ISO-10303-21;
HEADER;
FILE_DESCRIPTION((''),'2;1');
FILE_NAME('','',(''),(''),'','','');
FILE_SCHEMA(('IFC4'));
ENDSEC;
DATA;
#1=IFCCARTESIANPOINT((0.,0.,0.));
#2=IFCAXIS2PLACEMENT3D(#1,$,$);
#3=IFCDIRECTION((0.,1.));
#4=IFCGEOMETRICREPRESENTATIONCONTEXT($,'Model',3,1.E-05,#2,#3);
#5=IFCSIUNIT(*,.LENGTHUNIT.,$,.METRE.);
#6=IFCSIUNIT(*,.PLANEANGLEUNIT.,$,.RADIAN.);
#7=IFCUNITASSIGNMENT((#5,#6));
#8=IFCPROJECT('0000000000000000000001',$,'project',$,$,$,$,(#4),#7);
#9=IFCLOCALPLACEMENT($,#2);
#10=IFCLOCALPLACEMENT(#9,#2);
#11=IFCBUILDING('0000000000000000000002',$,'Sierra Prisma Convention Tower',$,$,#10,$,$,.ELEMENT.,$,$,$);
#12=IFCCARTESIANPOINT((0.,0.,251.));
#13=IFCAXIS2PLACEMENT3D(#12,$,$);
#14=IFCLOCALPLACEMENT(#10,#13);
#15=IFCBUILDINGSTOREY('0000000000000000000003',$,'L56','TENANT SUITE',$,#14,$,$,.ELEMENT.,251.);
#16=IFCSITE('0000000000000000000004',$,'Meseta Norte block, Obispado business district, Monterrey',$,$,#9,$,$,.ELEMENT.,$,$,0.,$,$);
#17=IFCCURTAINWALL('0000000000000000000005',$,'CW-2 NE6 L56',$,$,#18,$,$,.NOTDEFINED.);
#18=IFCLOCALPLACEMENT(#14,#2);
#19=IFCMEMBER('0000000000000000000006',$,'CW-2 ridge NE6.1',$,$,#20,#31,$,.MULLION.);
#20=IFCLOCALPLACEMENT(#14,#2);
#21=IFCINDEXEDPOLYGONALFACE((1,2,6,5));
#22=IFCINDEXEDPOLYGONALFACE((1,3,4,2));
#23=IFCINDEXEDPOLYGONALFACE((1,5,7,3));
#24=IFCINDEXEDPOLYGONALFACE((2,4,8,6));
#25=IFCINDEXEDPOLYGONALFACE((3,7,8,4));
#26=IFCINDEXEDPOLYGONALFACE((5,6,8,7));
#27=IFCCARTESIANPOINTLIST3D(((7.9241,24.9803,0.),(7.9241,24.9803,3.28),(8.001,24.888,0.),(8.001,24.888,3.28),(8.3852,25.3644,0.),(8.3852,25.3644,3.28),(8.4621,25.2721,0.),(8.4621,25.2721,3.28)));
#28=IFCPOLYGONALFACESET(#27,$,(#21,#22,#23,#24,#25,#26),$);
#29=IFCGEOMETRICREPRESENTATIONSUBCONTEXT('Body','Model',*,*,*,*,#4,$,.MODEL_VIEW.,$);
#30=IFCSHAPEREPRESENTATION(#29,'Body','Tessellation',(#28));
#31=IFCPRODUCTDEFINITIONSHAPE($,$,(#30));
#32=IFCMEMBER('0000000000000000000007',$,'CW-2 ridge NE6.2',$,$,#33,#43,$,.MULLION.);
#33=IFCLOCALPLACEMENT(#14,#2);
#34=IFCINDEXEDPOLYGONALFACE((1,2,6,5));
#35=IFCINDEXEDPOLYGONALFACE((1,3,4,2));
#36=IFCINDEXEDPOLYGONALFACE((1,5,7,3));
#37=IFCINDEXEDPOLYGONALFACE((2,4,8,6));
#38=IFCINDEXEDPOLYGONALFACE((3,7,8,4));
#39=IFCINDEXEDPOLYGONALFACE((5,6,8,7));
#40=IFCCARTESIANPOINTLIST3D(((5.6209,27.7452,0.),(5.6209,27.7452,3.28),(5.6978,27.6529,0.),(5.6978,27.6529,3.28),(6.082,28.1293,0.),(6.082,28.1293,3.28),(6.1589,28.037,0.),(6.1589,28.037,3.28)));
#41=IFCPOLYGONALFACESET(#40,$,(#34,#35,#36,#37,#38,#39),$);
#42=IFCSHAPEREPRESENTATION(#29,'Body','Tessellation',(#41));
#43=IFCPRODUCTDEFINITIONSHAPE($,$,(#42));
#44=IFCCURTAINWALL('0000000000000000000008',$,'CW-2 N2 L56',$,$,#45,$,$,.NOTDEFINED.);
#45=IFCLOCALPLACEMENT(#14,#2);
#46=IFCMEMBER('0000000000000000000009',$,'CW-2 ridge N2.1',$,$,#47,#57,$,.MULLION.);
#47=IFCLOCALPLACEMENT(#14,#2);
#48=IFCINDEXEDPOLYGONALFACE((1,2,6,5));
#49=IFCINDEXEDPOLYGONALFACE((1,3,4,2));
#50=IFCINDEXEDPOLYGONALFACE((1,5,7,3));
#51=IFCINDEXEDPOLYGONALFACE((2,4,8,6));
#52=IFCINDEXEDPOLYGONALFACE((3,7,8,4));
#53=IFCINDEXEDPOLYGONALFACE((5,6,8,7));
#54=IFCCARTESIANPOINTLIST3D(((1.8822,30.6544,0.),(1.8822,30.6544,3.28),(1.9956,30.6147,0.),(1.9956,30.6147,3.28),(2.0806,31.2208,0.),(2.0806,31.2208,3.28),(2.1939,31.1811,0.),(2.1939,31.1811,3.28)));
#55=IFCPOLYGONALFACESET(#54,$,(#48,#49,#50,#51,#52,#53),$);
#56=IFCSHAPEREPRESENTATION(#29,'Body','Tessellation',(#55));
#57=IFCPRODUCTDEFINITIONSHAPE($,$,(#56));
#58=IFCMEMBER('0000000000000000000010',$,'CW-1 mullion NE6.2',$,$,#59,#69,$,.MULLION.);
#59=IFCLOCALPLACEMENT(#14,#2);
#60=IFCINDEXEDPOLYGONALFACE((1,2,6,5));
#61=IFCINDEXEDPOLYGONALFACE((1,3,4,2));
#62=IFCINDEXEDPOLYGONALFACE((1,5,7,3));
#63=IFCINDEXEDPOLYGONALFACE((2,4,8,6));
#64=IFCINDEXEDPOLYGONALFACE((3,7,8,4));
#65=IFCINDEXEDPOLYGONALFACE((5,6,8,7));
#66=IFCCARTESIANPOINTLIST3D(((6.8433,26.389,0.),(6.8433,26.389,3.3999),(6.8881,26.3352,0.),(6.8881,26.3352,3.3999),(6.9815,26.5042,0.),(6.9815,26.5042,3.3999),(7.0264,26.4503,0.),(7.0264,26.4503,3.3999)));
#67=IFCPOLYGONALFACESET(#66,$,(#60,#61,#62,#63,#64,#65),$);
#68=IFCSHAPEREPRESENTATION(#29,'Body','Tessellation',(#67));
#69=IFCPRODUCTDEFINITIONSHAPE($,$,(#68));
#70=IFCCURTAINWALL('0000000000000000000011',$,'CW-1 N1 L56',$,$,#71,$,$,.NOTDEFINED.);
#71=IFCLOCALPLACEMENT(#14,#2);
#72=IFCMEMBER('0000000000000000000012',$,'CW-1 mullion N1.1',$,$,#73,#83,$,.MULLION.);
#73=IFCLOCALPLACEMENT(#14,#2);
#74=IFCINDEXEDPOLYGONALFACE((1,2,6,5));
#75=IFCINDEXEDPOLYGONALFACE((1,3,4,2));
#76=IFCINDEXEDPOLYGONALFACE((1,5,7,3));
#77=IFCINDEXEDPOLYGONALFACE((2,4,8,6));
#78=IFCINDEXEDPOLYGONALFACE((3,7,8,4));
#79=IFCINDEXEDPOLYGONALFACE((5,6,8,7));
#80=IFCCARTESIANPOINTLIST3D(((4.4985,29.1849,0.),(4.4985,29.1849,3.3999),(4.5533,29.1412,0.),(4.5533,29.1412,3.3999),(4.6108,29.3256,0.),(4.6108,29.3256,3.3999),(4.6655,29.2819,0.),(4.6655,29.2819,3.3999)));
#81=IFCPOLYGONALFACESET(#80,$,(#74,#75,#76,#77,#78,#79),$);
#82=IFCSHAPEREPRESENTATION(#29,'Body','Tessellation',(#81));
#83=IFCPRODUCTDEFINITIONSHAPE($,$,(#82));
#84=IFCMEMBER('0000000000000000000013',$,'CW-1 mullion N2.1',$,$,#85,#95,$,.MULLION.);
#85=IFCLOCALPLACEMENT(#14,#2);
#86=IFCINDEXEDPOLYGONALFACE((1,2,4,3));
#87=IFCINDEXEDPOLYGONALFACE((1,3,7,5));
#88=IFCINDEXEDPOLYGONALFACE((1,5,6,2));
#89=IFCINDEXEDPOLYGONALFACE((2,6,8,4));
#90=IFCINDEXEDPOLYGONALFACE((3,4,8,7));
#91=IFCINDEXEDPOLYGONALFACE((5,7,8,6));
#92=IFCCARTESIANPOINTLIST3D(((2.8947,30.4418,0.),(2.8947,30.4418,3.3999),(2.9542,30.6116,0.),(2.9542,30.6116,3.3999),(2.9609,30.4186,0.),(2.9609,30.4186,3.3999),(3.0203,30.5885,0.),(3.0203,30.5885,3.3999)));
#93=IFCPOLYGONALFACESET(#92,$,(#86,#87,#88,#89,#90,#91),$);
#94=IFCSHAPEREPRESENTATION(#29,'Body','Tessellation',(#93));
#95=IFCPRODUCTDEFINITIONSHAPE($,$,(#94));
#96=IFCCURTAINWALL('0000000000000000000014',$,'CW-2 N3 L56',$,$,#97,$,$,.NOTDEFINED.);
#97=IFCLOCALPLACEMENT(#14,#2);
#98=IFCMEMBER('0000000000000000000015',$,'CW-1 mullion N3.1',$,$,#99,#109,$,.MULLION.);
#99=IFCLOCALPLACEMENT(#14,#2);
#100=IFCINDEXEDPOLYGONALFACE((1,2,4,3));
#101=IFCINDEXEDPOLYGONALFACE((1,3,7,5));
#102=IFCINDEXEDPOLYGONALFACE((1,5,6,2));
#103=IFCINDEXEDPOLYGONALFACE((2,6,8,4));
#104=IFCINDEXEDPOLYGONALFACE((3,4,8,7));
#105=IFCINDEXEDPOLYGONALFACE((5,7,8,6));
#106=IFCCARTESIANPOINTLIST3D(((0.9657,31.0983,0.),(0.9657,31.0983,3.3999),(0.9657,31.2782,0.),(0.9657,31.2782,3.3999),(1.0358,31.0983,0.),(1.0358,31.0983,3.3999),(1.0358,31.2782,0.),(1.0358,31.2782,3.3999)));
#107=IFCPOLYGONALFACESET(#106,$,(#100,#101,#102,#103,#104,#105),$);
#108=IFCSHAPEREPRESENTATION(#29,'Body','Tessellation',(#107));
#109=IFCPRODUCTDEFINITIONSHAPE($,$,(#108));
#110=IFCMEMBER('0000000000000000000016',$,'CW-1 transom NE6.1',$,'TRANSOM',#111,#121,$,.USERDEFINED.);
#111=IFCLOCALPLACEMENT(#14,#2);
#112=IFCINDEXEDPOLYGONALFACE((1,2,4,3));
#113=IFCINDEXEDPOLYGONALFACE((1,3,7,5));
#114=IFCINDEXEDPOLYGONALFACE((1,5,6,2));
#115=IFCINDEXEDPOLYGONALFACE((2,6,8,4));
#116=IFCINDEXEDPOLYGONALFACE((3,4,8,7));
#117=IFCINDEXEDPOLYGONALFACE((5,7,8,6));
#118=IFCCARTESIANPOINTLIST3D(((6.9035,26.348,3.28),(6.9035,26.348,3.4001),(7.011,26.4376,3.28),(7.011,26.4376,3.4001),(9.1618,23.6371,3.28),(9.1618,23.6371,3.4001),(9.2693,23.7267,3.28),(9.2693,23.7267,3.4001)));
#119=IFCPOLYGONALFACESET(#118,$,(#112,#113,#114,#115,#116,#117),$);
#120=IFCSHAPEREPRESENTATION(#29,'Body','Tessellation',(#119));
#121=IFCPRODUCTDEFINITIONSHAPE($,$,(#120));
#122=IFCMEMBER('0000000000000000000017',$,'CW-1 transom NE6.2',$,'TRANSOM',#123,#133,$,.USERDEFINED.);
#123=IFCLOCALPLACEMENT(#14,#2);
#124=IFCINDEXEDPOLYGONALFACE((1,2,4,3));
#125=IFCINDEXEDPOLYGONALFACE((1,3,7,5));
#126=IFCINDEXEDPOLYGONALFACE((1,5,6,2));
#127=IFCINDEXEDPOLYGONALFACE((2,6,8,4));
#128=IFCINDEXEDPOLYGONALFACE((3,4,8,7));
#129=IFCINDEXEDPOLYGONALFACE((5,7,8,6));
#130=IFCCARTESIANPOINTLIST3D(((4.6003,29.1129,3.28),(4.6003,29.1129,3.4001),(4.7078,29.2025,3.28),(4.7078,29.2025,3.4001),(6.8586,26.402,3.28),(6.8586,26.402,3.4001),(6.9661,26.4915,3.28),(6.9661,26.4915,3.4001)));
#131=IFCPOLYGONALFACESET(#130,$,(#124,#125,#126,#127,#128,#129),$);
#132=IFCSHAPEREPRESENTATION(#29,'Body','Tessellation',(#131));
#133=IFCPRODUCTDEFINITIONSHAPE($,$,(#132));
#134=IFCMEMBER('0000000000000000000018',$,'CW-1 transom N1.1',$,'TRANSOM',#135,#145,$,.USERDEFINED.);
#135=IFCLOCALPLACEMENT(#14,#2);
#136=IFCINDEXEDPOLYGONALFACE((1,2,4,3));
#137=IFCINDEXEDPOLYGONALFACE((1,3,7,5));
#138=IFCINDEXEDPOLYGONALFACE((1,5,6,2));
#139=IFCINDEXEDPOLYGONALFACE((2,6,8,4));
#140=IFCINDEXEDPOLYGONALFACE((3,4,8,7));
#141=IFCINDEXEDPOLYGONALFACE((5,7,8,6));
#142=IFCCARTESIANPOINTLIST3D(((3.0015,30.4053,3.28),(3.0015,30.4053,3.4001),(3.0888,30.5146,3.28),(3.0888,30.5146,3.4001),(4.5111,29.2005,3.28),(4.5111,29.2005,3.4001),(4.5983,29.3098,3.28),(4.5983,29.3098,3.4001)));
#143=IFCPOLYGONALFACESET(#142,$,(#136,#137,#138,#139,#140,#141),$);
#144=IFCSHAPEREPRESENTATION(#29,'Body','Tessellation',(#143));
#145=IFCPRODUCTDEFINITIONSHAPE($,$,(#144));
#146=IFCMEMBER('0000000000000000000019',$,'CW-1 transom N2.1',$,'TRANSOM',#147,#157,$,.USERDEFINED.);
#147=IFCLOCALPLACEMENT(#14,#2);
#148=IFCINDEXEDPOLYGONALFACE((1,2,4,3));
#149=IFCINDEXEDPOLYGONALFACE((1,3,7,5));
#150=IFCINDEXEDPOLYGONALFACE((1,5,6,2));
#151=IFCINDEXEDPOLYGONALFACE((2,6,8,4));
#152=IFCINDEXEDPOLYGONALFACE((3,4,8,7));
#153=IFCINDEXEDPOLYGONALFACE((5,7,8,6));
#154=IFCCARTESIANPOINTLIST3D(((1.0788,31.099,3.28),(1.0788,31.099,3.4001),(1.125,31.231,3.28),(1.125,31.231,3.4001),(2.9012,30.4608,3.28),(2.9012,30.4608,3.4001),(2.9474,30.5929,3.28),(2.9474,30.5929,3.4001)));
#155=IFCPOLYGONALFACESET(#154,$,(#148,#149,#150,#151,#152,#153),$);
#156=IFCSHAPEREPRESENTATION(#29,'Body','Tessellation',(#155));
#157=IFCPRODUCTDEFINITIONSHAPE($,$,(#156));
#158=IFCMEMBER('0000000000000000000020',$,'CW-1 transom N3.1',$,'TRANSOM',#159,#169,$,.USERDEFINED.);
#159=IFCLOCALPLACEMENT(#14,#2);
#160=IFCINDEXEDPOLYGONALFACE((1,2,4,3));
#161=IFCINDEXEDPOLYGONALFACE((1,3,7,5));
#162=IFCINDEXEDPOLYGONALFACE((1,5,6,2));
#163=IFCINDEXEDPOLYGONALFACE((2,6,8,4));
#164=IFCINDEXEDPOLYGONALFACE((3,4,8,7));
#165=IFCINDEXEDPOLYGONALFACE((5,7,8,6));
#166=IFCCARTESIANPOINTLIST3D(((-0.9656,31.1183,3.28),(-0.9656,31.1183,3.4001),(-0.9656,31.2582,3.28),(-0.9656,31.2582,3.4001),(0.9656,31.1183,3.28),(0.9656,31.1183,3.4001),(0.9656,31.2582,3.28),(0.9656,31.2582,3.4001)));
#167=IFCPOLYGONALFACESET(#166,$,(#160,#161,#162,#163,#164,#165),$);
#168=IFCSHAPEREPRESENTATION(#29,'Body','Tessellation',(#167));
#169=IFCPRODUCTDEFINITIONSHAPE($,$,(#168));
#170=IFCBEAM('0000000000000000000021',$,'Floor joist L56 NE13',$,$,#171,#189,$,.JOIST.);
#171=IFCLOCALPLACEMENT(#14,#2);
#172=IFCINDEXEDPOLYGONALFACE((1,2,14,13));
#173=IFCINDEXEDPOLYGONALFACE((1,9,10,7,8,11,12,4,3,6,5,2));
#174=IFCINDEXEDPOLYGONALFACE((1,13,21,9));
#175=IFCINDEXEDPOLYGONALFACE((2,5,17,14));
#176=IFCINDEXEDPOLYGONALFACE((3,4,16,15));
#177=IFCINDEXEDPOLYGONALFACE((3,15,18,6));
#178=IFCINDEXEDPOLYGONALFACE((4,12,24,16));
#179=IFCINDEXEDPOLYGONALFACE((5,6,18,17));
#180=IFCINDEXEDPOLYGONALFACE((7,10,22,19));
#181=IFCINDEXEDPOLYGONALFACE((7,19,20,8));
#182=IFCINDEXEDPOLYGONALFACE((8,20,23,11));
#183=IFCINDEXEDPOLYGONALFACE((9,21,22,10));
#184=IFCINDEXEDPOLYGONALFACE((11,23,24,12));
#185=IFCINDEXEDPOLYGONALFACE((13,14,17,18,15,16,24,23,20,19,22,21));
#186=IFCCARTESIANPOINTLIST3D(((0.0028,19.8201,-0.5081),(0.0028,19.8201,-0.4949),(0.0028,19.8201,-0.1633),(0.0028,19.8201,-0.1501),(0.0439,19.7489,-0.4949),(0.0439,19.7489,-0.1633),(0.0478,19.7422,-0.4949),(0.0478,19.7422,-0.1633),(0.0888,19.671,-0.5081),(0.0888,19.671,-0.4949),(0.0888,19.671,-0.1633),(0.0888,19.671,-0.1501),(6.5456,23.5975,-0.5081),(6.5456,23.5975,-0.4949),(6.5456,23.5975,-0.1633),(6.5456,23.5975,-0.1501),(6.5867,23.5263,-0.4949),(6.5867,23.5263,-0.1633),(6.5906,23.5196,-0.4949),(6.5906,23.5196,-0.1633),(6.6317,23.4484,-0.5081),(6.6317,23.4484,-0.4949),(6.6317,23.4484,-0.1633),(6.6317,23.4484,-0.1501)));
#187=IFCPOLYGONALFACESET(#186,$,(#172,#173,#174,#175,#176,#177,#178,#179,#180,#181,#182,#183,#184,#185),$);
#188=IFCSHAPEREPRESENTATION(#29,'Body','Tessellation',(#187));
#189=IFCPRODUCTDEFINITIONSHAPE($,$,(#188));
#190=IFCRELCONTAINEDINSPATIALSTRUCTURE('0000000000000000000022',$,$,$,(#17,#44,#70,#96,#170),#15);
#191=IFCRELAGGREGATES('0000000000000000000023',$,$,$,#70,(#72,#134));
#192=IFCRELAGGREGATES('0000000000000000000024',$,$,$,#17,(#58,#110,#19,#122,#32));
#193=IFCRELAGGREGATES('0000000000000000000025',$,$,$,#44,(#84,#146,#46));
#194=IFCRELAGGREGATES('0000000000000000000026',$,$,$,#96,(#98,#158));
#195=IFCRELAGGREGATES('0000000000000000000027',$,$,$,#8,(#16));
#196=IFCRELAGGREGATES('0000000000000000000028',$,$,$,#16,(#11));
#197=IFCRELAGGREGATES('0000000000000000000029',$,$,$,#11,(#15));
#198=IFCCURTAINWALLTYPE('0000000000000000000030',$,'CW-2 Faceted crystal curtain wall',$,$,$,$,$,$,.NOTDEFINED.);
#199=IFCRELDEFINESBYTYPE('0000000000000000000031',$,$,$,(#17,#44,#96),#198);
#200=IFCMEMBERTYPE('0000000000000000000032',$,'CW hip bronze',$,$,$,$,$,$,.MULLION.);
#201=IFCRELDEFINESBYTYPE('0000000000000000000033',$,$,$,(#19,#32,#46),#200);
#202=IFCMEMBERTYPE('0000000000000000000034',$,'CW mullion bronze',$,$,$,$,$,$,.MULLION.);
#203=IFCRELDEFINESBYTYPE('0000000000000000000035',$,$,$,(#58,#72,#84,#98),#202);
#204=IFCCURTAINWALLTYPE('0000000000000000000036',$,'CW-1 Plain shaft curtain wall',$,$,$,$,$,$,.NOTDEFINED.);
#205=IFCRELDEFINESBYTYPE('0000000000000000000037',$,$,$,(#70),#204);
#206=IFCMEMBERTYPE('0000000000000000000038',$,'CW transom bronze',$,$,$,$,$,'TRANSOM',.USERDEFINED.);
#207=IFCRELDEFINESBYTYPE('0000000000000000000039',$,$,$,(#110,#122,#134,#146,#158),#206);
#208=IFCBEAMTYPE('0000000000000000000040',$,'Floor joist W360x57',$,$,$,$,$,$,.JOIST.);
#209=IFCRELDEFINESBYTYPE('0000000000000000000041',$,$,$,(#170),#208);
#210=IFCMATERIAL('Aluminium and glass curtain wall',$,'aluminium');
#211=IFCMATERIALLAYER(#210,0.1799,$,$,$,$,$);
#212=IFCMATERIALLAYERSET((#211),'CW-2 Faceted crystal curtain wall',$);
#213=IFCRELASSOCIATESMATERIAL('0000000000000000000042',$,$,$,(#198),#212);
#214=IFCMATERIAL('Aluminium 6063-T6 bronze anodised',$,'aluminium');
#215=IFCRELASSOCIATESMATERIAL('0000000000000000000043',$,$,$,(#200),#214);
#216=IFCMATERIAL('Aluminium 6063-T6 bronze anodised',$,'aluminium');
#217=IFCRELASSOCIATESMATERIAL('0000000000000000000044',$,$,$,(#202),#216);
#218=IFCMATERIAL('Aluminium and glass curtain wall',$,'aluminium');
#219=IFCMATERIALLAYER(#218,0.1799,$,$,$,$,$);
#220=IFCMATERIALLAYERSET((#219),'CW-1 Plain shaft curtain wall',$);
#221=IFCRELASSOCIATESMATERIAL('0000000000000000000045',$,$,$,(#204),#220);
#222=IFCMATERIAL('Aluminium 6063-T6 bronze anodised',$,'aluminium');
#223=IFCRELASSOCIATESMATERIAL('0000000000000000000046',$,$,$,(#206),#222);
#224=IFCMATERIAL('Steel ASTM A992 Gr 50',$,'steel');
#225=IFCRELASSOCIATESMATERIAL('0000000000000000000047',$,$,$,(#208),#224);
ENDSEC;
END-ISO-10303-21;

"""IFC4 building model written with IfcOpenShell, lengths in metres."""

from ifc_helpers import new_model, si_unit, direction, frame, origin, origin_2d, place, context, subcontext, project, spatial, rectangle, i_section, extrude, material, layer, layer_set, material_profile, profile_set, type_object, element, aggregate, save


model = new_model("IFC4")

# Units and contexts
model_context = context("Model", 3, precision=1e-05, world=origin(), true_north=direction((0.0, 1.0)))
body_context = subcontext(model_context, "Body", "Model", "MODEL_VIEW")
ifc_project = project(units=[si_unit("LENGTHUNIT", "METRE"), si_unit("PLANEANGLEUNIT", "RADIAN")], contexts=[model_context])

# Site, building, storey
site_placement = place(None, origin())
site = spatial("IfcSite", under=ifc_project, at=site_placement, Name="Meseta Norte block, Obispado business district, Monterrey", CompositionType="ELEMENT", RefElevation=0.0)
building_placement = place(site_placement, origin())
building = spatial("IfcBuilding", under=site, at=building_placement, Name="Sierra Prisma Convention Tower", CompositionType="ELEMENT")
storey_placement = place(building_placement, frame((0.0, 0.0, 251.0)))
storey = spatial("IfcBuildingStorey", under=building, at=storey_placement, Name="L56", Description="TENANT SUITE", CompositionType="ELEMENT", Elevation=251.0)

# Curtain wall, members
ifc_material_1 = material(Name="Aluminium and glass curtain wall", Category="aluminium")
ifc_layer_1 = layer(ifc_material_1, 0.1799)
ifc_layer_set_1 = layer_set([ifc_layer_1], Name="CW-2 Faceted crystal curtain wall")
curtain_wall_type_1 = type_object("IfcCurtainWallType", Name="CW-2 Faceted crystal curtain wall", PredefinedType="NOTDEFINED", material=ifc_layer_set_1)
curtain_wall_1_placement = place(storey_placement, origin())
curtain_wall_1 = element("IfcCurtainWall", 1, at=curtain_wall_1_placement, inside=storey, type_object=curtain_wall_type_1, Name="CW-2 NE6 L56", PredefinedType="NOTDEFINED")
ifc_material_2 = material(Name="Aluminium 6063-T6 bronze anodised", Category="aluminium")
ifc_material_profile_1 = material_profile(ifc_material_2, rectangle(XDim=0.1201, YDim=0.6001, at=origin_2d()), Name="ALU RIDGE BLADE 120x600")
ifc_profile_set_1 = profile_set([ifc_material_profile_1], Name="Aluminium 6063-T6 bronze anodised")
member_type_1 = type_object("IfcMemberType", Name="CW hip bronze", PredefinedType="MULLION", material=ifc_profile_set_1)
member_1_placement = place(storey_placement, frame((8.1931, 25.1262, 0.0), z_axis=(0.0, 0.0, 1.0), x_axis=(-0.64004, 0.768341, 0.0)))
member_1 = element("IfcMember", 2, at=member_1_placement, type_object=member_type_1, Name="CW-2 ridge NE6.1", PredefinedType="MULLION", context=body_context, shape_type="SweptSolid", body=[
    extrude(rectangle(XDim=0.1201, YDim=0.6001, at=origin_2d()), origin(), (0.0, 0.0, 1.0), 3.28),
])
member_2_placement = place(storey_placement, frame((5.8899, 27.8911, 0.0), z_axis=(0.0, 0.0, 1.0), x_axis=(-0.64004, 0.768341, 0.0)))
member_2 = element("IfcMember", 3, at=member_2_placement, type_object=member_type_1, Name="CW-2 ridge NE6.2", PredefinedType="MULLION", context=body_context, shape_type="SweptSolid", body=[
    extrude(rectangle(XDim=0.1201, YDim=0.6001, at=origin_2d()), origin(), (0.0, 0.0, 1.0), 3.28),
])

# Curtain wall, member
curtain_wall_2_placement = place(storey_placement, origin())
curtain_wall_2 = element("IfcCurtainWall", 4, at=curtain_wall_2_placement, inside=storey, type_object=curtain_wall_type_1, Name="CW-2 N2 L56", PredefinedType="NOTDEFINED")
member_3_placement = place(storey_placement, frame((2.0381, 30.9177, 0.0), z_axis=(0.0, 0.0, 1.0), x_axis=(-0.94381, 0.330489, 0.0)))
member_3 = element("IfcMember", 5, at=member_3_placement, type_object=member_type_1, Name="CW-2 ridge N2.1", PredefinedType="MULLION", context=body_context, shape_type="SweptSolid", body=[
    extrude(rectangle(XDim=0.1201, YDim=0.6001, at=origin_2d()), origin(), (0.0, 0.0, 1.0), 3.28),
])

# Member
ifc_material_3 = material(Name="Aluminium 6063-T6 bronze anodised", Category="aluminium")
ifc_material_profile_2 = material_profile(ifc_material_3, rectangle(XDim=0.1799, YDim=0.0701, at=origin_2d()), Name="ALU MULLION 70x180")
ifc_profile_set_2 = profile_set([ifc_material_profile_2], Name="Aluminium 6063-T6 bronze anodised")
member_type_2 = type_object("IfcMemberType", Name="CW mullion bronze", PredefinedType="MULLION", material=ifc_profile_set_2)
member_4_placement = place(storey_placement, frame((6.9348, 26.4197, 0.0), z_axis=(0.0, 0.0, 1.0), x_axis=(-0.768341, -0.64004, 0.0)))
member_4 = element("IfcMember", 6, at=member_4_placement, type_object=member_type_2, Name="CW-1 mullion NE6.2", PredefinedType="MULLION", context=body_context, shape_type="SweptSolid", body=[
    extrude(rectangle(XDim=0.1799, YDim=0.0701, at=origin_2d()), origin(), (0.0, 0.0, 1.0), 3.3999),
])

# Curtain wall, member
ifc_material_4 = material(Name="Aluminium and glass curtain wall", Category="aluminium")
ifc_layer_2 = layer(ifc_material_4, 0.1799)
ifc_layer_set_2 = layer_set([ifc_layer_2], Name="CW-1 Plain shaft curtain wall")
curtain_wall_type_2 = type_object("IfcCurtainWallType", Name="CW-1 Plain shaft curtain wall", PredefinedType="NOTDEFINED", material=ifc_layer_set_2)
curtain_wall_3_placement = place(storey_placement, origin())
curtain_wall_3 = element("IfcCurtainWall", 7, at=curtain_wall_3_placement, inside=storey, type_object=curtain_wall_type_2, Name="CW-1 N1 L56", PredefinedType="NOTDEFINED")
member_5_placement = place(storey_placement, frame((4.582, 29.2334, 0.0), z_axis=(0.0, 0.0, 1.0), x_axis=(-0.623838, -0.781554, 0.0)))
member_5 = element("IfcMember", 8, at=member_5_placement, type_object=member_type_2, Name="CW-1 mullion N1.1", PredefinedType="MULLION", context=body_context, shape_type="SweptSolid", body=[
    extrude(rectangle(XDim=0.1799, YDim=0.0701, at=origin_2d()), origin(), (0.0, 0.0, 1.0), 3.3999),
])

# Member
member_6_placement = place(storey_placement, frame((2.9575, 30.5151, 0.0), z_axis=(0.0, 0.0, 1.0), x_axis=(-0.330489, -0.94381, 0.0)))
member_6 = element("IfcMember", 9, at=member_6_placement, type_object=member_type_2, Name="CW-1 mullion N2.1", PredefinedType="MULLION", context=body_context, shape_type="SweptSolid", body=[
    extrude(rectangle(XDim=0.1799, YDim=0.0701, at=origin_2d()), origin(), (0.0, 0.0, 1.0), 3.3999),
])

# Curtain wall, member
curtain_wall_4_placement = place(storey_placement, origin())
curtain_wall_4 = element("IfcCurtainWall", 10, at=curtain_wall_4_placement, inside=storey, type_object=curtain_wall_type_1, Name="CW-2 N3 L56", PredefinedType="NOTDEFINED")
member_7_placement = place(storey_placement, frame((1.0007, 31.1882, 0.0), z_axis=(0.0, 0.0, 1.0), x_axis=(0.0, -1.0, 0.0)))
member_7 = element("IfcMember", 11, at=member_7_placement, type_object=member_type_2, Name="CW-1 mullion N3.1", PredefinedType="MULLION", context=body_context, shape_type="SweptSolid", body=[
    extrude(rectangle(XDim=0.1799, YDim=0.0701, at=origin_2d()), origin(), (0.0, 0.0, 1.0), 3.3999),
])

# Members
ifc_material_5 = material(Name="Aluminium 6063-T6 bronze anodised", Category="aluminium")
ifc_material_profile_3 = material_profile(ifc_material_5, rectangle(XDim=0.1399, YDim=0.1201, at=origin_2d()), Name="ALU TRANSOM 120x140")
ifc_profile_set_3 = profile_set([ifc_material_profile_3], Name="Aluminium 6063-T6 bronze anodised")
member_type_3 = type_object("IfcMemberType", Name="CW transom bronze", ElementType="TRANSOM", PredefinedType="USERDEFINED", material=ifc_profile_set_3)
member_8_placement = place(storey_placement, frame((9.2156, 23.6819, 3.3401), z_axis=(-0.640048, 0.768335, 0.0), x_axis=(-0.768335, -0.640048, 0.0)))
member_8 = element("IfcMember", 12, at=member_8_placement, type_object=member_type_3, Name="CW-1 transom NE6.1", ObjectType="TRANSOM", PredefinedType="USERDEFINED", context=body_context, shape_type="SweptSolid", body=[
    extrude(rectangle(XDim=0.1399, YDim=0.1201, at=origin_2d()), origin(), (0.0, 0.0, 1.0), 3.5283),
])
member_9_placement = place(storey_placement, frame((6.9124, 26.4468, 3.3401), z_axis=(-0.640048, 0.768335, 0.0), x_axis=(-0.768335, -0.640048, 0.0)))
member_9 = element("IfcMember", 13, at=member_9_placement, type_object=member_type_3, Name="CW-1 transom NE6.2", ObjectType="TRANSOM", PredefinedType="USERDEFINED", context=body_context, shape_type="SweptSolid", body=[
    extrude(rectangle(XDim=0.1399, YDim=0.1201, at=origin_2d()), origin(), (0.0, 0.0, 1.0), 3.5283),
])
member_10_placement = place(storey_placement, frame((4.5547, 29.2551, 3.3401), z_axis=(-0.781571, 0.623816, 0.0), x_axis=(-0.623816, -0.781571, 0.0)))
member_10 = element("IfcMember", 14, at=member_10_placement, type_object=member_type_3, Name="CW-1 transom N1.1", ObjectType="TRANSOM", PredefinedType="USERDEFINED", context=body_context, shape_type="SweptSolid", body=[
    extrude(rectangle(XDim=0.1399, YDim=0.1201, at=origin_2d()), origin(), (0.0, 0.0, 1.0), 1.9314),
])
member_11_placement = place(storey_placement, frame((2.9243, 30.5269, 3.3401), z_axis=(-0.943809, 0.330491, 0.0), x_axis=(-0.330491, -0.943809, 0.0)))
member_11 = element("IfcMember", 15, at=member_11_placement, type_object=member_type_3, Name="CW-1 transom N2.1", ObjectType="TRANSOM", PredefinedType="USERDEFINED", context=body_context, shape_type="SweptSolid", body=[
    extrude(rectangle(XDim=0.1399, YDim=0.1201, at=origin_2d()), origin(), (0.0, 0.0, 1.0), 1.9309),
])
member_12_placement = place(storey_placement, frame((0.9656, 31.1882, 3.3401), z_axis=(-1.0, 0.0, 0.0), x_axis=(0.0, -1.0, 0.0)))
member_12 = element("IfcMember", 16, at=member_12_placement, type_object=member_type_3, Name="CW-1 transom N3.1", ObjectType="TRANSOM", PredefinedType="USERDEFINED", context=body_context, shape_type="SweptSolid", body=[
    extrude(rectangle(XDim=0.1399, YDim=0.1201, at=origin_2d()), origin(), (0.0, 0.0, 1.0), 1.9312),
])

# Beam
ifc_material_6 = material(Name="Steel ASTM A992 Gr 50", Category="steel")
ifc_material_profile_4 = material_profile(ifc_material_6, i_section(OverallWidth=0.1721, OverallDepth=0.3579, WebThickness=0.0078, FlangeThickness=0.0132, at=origin_2d()), Name="W360x57")
ifc_profile_set_4 = profile_set([ifc_material_profile_4], Name="Steel ASTM A992 Gr 50")
beam_type_1 = type_object("IfcBeamType", Name="Floor joist W360x57", PredefinedType="JOIST", material=ifc_profile_set_4)
beam_1_placement = place(storey_placement, frame((6.5886, 23.5229, -0.3291), z_axis=(-0.866031, -0.49999, 0.0), x_axis=(0.49999, -0.866031, 0.0)))
element("IfcBeam", 17, at=beam_1_placement, inside=storey, type_object=beam_type_1, Name="Floor joist L56 NE13", PredefinedType="JOIST", context=body_context, shape_type="SweptSolid", body=[
    extrude(i_section(OverallWidth=0.1721, OverallDepth=0.3579, WebThickness=0.0078, FlangeThickness=0.0132, at=origin_2d()), origin(), (0.0, 0.0, 1.0), 7.5549),
])

aggregate(curtain_wall_3, [member_5, member_10])
aggregate(curtain_wall_1, [member_4, member_8, member_1, member_9, member_2])
aggregate(curtain_wall_2, [member_6, member_11, member_3])
aggregate(curtain_wall_4, [member_7, member_12])

save(model, "model.ifc")
